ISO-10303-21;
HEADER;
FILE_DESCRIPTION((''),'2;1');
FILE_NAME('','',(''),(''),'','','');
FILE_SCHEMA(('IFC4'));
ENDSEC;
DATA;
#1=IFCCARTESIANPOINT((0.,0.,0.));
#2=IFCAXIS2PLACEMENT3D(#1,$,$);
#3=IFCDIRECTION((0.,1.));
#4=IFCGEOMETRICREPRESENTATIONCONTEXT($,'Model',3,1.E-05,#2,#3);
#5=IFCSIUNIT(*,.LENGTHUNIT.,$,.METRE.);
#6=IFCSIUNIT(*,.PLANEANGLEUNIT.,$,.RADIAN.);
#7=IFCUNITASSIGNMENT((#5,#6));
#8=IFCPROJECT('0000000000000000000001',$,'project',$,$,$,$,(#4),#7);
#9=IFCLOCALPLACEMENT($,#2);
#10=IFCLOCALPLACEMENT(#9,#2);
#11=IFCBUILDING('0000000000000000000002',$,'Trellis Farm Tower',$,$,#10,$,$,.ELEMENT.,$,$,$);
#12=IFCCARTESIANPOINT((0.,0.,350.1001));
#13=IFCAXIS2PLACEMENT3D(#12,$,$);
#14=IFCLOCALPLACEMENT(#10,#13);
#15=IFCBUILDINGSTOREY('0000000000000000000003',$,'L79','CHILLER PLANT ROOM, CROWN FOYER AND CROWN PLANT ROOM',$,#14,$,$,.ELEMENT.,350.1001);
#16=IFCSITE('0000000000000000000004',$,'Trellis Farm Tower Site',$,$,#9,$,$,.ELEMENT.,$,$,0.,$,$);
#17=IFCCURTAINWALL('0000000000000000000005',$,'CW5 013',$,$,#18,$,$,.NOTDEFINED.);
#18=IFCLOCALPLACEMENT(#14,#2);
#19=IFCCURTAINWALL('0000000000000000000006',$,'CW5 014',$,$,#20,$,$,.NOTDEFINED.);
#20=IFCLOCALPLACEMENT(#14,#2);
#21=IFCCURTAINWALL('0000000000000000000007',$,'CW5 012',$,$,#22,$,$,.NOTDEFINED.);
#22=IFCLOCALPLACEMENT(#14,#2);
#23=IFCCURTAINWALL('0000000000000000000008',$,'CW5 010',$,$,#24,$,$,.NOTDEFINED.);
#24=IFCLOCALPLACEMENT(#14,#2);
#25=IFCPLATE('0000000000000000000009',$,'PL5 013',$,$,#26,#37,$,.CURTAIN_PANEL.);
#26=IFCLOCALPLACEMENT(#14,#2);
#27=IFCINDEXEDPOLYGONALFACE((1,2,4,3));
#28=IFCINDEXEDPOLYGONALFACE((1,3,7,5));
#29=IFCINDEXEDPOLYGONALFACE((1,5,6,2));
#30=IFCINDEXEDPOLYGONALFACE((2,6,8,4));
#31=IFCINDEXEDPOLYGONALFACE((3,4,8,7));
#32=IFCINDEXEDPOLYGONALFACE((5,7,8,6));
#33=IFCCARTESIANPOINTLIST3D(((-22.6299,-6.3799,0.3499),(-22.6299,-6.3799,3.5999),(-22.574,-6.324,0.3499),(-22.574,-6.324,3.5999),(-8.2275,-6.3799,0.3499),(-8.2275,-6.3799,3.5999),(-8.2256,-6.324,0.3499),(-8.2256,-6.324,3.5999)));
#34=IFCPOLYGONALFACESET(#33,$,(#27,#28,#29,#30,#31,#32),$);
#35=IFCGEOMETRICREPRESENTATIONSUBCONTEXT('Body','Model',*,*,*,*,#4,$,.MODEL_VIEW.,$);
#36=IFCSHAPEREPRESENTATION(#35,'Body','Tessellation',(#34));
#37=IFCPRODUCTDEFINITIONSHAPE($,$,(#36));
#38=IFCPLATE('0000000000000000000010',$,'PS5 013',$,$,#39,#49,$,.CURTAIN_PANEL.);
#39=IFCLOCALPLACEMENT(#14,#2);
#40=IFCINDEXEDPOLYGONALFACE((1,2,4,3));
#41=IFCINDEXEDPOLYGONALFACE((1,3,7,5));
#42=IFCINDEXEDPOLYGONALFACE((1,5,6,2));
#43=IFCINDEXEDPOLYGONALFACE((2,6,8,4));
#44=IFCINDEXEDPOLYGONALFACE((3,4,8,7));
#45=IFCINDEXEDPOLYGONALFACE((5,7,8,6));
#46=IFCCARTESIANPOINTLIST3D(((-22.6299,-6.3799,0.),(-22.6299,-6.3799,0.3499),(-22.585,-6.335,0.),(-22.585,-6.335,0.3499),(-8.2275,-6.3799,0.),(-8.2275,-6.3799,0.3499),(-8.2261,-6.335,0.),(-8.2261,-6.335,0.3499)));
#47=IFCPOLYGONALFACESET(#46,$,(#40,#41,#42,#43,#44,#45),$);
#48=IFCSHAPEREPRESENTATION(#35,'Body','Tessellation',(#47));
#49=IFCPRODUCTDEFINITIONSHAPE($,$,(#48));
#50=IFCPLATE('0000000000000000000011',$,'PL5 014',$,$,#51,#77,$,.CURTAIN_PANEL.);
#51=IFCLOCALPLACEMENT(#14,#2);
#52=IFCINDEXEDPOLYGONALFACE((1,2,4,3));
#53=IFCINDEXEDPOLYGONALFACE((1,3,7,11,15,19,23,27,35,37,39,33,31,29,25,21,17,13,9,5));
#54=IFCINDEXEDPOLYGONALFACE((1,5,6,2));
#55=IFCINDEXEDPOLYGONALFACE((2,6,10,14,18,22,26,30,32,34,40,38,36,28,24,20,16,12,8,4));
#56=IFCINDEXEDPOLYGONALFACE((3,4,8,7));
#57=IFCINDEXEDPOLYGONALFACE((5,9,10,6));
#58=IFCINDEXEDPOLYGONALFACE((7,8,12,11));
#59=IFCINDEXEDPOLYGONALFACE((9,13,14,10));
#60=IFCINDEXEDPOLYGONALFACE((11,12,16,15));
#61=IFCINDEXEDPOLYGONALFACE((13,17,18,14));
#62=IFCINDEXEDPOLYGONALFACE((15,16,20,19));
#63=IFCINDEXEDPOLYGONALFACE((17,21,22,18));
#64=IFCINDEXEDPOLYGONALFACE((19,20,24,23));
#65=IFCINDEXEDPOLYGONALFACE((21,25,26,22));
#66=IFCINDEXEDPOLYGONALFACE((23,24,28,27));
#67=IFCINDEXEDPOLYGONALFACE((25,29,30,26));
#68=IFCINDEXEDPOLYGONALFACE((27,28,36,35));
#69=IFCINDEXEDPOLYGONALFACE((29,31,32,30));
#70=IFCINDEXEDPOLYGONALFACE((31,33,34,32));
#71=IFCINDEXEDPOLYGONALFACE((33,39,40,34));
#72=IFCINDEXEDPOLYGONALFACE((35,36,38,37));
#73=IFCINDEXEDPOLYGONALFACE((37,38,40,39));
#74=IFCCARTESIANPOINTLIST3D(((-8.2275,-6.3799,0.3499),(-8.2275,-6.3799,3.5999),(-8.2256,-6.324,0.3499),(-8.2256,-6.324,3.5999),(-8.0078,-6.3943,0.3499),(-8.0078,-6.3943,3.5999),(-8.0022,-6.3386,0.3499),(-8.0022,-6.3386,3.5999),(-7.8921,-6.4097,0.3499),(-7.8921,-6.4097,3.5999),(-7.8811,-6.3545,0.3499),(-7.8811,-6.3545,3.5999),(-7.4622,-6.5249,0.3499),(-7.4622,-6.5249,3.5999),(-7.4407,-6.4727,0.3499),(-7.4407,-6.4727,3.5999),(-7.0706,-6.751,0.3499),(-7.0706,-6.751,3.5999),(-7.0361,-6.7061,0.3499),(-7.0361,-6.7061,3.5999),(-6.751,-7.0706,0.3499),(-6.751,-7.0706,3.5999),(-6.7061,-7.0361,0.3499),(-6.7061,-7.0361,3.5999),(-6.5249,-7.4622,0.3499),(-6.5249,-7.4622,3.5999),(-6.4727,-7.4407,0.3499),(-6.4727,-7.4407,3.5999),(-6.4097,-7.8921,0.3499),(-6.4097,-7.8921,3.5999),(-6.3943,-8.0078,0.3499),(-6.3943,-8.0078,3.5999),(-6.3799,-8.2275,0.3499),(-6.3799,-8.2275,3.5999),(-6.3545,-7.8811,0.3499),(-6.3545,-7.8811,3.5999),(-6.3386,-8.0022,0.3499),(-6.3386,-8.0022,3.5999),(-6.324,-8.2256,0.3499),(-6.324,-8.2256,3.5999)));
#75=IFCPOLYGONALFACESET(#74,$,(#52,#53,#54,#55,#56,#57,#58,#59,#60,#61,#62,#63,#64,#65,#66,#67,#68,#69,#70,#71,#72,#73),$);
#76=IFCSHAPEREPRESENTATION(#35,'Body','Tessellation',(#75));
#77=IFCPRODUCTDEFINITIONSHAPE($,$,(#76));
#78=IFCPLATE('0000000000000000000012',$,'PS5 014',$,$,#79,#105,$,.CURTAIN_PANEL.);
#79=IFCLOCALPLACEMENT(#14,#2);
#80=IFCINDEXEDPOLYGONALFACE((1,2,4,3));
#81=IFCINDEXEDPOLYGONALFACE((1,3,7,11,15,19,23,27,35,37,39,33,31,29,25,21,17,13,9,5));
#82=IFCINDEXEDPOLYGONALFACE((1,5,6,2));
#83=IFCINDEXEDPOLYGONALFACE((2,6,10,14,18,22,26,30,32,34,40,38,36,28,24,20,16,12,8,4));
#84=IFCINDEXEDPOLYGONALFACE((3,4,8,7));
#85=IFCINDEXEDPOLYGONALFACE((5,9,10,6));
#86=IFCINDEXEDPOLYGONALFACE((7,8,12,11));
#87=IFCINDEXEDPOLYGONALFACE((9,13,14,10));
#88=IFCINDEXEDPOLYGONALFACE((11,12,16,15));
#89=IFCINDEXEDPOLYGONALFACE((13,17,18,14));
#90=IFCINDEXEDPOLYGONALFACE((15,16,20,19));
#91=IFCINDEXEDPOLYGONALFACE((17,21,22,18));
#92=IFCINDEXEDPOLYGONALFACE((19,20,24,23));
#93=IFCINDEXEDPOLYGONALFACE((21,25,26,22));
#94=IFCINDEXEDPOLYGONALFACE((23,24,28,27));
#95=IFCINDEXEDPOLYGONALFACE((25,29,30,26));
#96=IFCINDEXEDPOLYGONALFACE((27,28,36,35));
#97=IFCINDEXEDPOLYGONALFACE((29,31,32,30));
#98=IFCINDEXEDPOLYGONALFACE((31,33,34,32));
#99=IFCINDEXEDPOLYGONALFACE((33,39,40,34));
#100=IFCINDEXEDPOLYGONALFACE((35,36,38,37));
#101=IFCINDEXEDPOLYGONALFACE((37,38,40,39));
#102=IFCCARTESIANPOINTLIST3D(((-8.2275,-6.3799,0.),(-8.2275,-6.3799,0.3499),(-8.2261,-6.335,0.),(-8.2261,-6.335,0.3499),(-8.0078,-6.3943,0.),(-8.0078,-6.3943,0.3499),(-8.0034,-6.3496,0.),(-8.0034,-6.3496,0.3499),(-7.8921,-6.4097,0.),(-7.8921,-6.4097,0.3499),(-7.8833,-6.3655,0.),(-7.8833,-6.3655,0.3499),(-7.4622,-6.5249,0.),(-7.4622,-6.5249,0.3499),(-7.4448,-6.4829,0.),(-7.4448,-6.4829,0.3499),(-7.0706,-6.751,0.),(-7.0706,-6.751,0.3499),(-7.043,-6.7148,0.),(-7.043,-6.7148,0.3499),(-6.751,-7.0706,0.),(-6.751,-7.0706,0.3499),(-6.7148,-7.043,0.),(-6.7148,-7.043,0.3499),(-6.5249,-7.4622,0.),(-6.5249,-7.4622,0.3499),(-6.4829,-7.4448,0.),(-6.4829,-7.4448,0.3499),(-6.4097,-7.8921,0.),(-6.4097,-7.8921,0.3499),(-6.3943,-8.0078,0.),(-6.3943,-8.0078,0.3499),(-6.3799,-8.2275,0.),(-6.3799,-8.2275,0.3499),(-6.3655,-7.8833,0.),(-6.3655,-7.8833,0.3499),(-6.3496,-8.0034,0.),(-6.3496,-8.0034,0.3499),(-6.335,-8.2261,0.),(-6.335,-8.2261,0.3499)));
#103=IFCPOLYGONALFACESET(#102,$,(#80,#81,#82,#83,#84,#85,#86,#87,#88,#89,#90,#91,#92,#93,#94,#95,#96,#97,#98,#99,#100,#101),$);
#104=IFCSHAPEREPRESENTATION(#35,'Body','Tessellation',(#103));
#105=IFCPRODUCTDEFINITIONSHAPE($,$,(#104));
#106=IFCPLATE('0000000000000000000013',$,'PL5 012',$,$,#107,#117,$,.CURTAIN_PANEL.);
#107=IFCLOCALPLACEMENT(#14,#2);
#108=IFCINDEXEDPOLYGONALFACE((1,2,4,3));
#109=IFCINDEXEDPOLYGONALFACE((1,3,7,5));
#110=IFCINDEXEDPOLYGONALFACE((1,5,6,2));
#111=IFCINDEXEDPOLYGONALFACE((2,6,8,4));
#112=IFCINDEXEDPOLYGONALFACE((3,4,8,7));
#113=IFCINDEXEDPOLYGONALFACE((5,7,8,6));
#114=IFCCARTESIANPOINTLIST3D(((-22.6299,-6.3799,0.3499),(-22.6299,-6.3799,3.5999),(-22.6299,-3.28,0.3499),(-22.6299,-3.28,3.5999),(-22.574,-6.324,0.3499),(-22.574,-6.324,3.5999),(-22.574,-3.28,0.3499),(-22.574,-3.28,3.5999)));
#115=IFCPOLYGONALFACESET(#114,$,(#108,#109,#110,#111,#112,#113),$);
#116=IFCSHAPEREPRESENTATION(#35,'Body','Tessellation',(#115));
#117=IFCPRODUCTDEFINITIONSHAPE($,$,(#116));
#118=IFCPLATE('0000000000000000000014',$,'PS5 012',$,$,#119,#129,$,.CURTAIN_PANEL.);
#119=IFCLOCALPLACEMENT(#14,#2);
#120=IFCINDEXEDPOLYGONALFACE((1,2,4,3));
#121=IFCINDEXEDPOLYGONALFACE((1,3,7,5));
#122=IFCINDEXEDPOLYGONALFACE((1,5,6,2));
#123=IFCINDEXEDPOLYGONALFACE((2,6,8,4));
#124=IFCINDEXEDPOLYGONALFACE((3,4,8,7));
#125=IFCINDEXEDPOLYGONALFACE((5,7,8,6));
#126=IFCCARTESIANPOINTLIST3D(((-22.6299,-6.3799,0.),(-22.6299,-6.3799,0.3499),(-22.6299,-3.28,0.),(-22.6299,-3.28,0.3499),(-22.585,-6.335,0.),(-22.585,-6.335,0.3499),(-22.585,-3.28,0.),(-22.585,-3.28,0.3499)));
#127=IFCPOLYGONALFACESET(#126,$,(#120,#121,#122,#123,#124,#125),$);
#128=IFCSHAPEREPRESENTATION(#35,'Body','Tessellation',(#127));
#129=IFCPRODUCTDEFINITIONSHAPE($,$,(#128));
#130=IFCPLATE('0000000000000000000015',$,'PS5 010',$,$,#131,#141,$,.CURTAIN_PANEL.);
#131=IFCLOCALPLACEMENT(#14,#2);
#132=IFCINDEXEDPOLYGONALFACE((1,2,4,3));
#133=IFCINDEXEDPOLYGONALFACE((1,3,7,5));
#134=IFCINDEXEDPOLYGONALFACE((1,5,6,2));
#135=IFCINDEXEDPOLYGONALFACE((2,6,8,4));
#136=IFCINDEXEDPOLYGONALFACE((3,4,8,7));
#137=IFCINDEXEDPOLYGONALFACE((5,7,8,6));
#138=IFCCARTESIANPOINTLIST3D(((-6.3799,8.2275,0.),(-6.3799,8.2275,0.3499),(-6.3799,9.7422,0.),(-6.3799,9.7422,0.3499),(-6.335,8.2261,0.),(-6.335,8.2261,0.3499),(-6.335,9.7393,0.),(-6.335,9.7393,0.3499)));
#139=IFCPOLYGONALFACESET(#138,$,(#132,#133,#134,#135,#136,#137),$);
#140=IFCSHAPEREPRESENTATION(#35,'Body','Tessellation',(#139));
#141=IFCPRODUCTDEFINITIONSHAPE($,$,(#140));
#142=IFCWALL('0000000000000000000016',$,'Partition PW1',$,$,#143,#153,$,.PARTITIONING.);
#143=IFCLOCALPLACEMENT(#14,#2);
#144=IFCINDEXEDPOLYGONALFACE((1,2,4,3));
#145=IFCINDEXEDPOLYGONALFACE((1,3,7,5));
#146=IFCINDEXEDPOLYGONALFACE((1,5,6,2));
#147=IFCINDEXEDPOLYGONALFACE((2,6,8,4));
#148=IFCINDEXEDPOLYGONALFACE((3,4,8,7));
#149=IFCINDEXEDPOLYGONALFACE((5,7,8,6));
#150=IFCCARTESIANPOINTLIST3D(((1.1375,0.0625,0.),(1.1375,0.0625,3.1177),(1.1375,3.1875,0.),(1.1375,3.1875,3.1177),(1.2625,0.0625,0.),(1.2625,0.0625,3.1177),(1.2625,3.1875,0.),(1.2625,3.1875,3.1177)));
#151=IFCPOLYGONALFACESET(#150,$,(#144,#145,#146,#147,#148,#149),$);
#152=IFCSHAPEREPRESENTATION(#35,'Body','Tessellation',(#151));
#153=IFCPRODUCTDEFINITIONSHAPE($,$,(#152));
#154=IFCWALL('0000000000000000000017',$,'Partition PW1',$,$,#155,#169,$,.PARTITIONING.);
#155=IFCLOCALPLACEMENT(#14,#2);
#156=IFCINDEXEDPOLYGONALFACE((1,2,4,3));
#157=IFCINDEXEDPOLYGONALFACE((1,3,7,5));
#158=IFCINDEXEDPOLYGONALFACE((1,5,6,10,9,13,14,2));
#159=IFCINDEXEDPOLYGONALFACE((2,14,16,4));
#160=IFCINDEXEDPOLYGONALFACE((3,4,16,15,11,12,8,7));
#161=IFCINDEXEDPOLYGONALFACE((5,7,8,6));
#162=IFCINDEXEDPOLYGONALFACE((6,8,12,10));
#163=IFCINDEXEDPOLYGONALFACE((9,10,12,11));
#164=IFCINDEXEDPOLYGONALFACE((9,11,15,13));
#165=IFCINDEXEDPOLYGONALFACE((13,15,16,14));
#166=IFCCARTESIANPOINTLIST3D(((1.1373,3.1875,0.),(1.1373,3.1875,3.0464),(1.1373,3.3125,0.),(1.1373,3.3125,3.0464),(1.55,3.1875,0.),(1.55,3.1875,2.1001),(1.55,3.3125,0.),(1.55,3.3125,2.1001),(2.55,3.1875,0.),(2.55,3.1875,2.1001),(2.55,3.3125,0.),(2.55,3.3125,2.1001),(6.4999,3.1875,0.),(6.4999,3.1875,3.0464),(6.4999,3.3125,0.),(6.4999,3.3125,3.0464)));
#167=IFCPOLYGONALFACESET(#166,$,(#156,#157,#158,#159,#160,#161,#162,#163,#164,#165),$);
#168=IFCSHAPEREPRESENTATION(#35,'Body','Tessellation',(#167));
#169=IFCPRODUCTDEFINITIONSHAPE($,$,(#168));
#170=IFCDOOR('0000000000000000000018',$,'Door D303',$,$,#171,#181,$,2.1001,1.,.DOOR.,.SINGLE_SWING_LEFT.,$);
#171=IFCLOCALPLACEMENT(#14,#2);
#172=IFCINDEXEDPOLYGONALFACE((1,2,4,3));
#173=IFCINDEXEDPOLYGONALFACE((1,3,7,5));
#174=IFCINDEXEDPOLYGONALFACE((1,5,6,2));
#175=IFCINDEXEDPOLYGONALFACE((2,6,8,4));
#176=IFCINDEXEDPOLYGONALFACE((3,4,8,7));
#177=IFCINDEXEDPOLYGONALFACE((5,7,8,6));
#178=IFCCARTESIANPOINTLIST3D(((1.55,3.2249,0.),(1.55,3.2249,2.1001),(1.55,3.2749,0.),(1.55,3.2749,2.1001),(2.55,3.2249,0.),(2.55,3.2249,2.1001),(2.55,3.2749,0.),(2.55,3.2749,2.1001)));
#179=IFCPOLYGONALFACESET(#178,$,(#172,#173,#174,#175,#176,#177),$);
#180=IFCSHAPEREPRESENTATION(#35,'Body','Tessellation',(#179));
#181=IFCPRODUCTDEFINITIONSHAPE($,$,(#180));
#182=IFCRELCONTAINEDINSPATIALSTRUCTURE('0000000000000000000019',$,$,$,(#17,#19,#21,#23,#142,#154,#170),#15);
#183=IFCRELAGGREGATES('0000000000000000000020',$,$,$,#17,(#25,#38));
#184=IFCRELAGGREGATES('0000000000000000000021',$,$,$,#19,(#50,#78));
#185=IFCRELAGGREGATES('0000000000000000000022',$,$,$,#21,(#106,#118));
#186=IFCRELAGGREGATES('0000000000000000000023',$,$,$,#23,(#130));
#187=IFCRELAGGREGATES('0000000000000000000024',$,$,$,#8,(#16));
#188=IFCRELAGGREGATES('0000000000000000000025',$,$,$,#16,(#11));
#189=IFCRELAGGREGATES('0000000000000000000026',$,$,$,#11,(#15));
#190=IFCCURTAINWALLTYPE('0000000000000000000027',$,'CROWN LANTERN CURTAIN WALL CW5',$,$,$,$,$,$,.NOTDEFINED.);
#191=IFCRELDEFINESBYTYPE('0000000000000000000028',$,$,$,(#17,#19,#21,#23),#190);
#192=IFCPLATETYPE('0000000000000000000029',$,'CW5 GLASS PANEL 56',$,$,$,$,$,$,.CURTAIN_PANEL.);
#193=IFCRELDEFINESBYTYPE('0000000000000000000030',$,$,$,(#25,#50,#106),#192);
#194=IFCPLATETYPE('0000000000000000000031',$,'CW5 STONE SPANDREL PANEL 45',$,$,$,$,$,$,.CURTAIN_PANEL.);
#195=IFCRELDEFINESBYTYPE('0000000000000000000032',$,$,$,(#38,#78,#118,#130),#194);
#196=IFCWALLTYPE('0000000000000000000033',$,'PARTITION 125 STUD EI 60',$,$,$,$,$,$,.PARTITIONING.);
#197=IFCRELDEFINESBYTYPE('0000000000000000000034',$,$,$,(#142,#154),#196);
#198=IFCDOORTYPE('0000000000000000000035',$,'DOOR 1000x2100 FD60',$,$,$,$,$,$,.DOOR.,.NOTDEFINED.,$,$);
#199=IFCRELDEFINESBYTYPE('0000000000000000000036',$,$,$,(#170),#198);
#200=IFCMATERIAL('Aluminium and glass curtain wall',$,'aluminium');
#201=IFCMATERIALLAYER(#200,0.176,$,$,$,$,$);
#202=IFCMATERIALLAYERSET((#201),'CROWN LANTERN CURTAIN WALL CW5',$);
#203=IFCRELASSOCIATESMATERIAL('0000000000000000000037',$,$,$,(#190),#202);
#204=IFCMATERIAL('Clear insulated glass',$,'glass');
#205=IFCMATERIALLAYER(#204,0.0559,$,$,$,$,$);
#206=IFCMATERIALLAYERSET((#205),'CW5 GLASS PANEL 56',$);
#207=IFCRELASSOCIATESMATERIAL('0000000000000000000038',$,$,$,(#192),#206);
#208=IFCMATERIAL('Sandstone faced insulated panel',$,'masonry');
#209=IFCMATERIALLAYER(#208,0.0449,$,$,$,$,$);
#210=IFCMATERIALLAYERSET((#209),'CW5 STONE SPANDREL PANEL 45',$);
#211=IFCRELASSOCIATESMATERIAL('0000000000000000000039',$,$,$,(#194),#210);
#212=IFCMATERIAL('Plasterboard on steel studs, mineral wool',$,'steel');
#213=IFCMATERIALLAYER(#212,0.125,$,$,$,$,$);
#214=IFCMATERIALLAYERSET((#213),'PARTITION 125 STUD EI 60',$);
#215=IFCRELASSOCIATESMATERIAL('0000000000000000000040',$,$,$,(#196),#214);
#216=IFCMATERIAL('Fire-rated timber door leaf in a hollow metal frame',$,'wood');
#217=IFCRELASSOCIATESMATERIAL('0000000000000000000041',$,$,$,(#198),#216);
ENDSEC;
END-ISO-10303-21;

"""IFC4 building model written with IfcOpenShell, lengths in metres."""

from ifc_helpers import new_model, si_unit, direction, frame, frame_2d, origin, place, context, subcontext, project, spatial, polyline, rectangle, outline, extrude, source, transform, mapped, material, layer, layer_set, type_object, element, fill, aggregate, save


model = new_model("IFC4")

# Units and contexts
model_context = context("Model", 3, precision=1e-05, world=origin(), true_north=direction((0.0, 1.0)))
body_context = subcontext(model_context, "Body", "Model", "MODEL_VIEW")
ifc_project = project(units=[si_unit("LENGTHUNIT", "METRE"), si_unit("PLANEANGLEUNIT", "RADIAN")], contexts=[model_context])

# Site, building, storey
site_placement = place(None, origin())
site = spatial("IfcSite", under=ifc_project, at=site_placement, Name="Trellis Farm Tower Site", CompositionType="ELEMENT", RefElevation=0.0)
building_placement = place(site_placement, origin())
building = spatial("IfcBuilding", under=site, at=building_placement, Name="Trellis Farm Tower", CompositionType="ELEMENT")
storey_placement = place(building_placement, frame((0.0, 0.0, 350.1001)))
storey = spatial("IfcBuildingStorey", under=building, at=storey_placement, Name="L79", Description="CHILLER PLANT ROOM, CROWN FOYER AND CROWN PLANT ROOM", CompositionType="ELEMENT", Elevation=350.1001)

# Curtain walls
ifc_material_1 = material(Name="Aluminium and glass curtain wall", Category="aluminium")
ifc_layer_1 = layer(ifc_material_1, 0.176)
ifc_layer_set_1 = layer_set([ifc_layer_1], Name="CROWN LANTERN CURTAIN WALL CW5")
curtain_wall_type = type_object("IfcCurtainWallType", Name="CROWN LANTERN CURTAIN WALL CW5", PredefinedType="NOTDEFINED", material=ifc_layer_set_1)
placement_1 = place(storey_placement, origin())
curtain_wall_1 = element("IfcCurtainWall", 1, at=placement_1, inside=storey, type_object=curtain_wall_type, Name="CW5 013", PredefinedType="NOTDEFINED")
curtain_wall_2 = element("IfcCurtainWall", 2, at=placement_1, inside=storey, type_object=curtain_wall_type, Name="CW5 014", PredefinedType="NOTDEFINED")
curtain_wall_3 = element("IfcCurtainWall", 3, at=placement_1, inside=storey, type_object=curtain_wall_type, Name="CW5 012", PredefinedType="NOTDEFINED")
curtain_wall_4 = element("IfcCurtainWall", 4, at=placement_1, inside=storey, type_object=curtain_wall_type, Name="CW5 010", PredefinedType="NOTDEFINED")

# Plates
ifc_material_2 = material(Name="Clear insulated glass", Category="glass")
ifc_layer_2 = layer(ifc_material_2, 0.0559)
ifc_layer_set_2 = layer_set([ifc_layer_2], Name="CW5 GLASS PANEL 56")
plate_type_1 = type_object("IfcPlateType", Name="CW5 GLASS PANEL 56", PredefinedType="CURTAIN_PANEL", material=ifc_layer_set_2)
placement_2 = place(storey_placement, frame((0.0, 0.0, 0.3499)))
ifc_material_3 = material(Name="Sandstone faced insulated panel", Category="masonry")
ifc_layer_3 = layer(ifc_material_3, 0.0449)
ifc_layer_set_3 = layer_set([ifc_layer_3], Name="CW5 STONE SPANDREL PANEL 45")
plate_type_2 = type_object("IfcPlateType", Name="CW5 STONE SPANDREL PANEL 45", PredefinedType="CURTAIN_PANEL", material=ifc_layer_set_3)
shared_shape_1 = source(origin(), body_context, "Body", "SweptSolid", [
    extrude(outline(polyline([(-22.6299, -6.3799), (-8.2275, -6.3799), (-8.2256, -6.324), (-22.574, -6.324), (-22.6299, -6.3799)])), origin(), (0.0, 0.0, 1.0), 3.25),
])
plate_1 = element("IfcPlate", 5, at=placement_2, type_object=plate_type_1, Name="PL5 013", PredefinedType="CURTAIN_PANEL", context=body_context, shape_type="MappedRepresentation", body=[
    mapped(shared_shape_1, transform((0.0, 0.0, 0.0))),
])
shared_shape_2 = source(origin(), body_context, "Body", "SweptSolid", [
    extrude(outline(polyline([(-22.6299, -6.3799), (-8.2275, -6.3799), (-8.2261, -6.335), (-22.585, -6.335), (-22.6299, -6.3799)])), origin(), (0.0, 0.0, 1.0), 0.3499),
])
plate_2 = element("IfcPlate", 6, at=placement_1, type_object=plate_type_2, Name="PS5 013", PredefinedType="CURTAIN_PANEL", context=body_context, shape_type="MappedRepresentation", body=[
    mapped(shared_shape_2, transform((0.0, 0.0, 0.0))),
])
aggregate(curtain_wall_1, [plate_1, plate_2])
shared_shape_3 = source(origin(), body_context, "Body", "SweptSolid", [
    extrude(outline(polyline([(-8.2275, -6.3799), (-8.0078, -6.3943), (-7.8921, -6.4097), (-7.4622, -6.5249), (-7.0706, -6.751), (-6.751, -7.0706), (-6.5249, -7.4622), (-6.4097, -7.8921), (-6.3943, -8.0078), (-6.3799, -8.2275), (-6.324, -8.2256), (-6.3386, -8.0022), (-6.3545, -7.8811), (-6.4727, -7.4407), (-6.7061, -7.0361), (-7.0361, -6.7061), (-7.4407, -6.4727), (-7.8811, -6.3545), (-8.0022, -6.3386), (-8.2256, -6.324), (-8.2275, -6.3799)])), origin(), (0.0, 0.0, 1.0), 3.25),
])
plate_3 = element("IfcPlate", 7, at=placement_2, type_object=plate_type_1, Name="PL5 014", PredefinedType="CURTAIN_PANEL", context=body_context, shape_type="MappedRepresentation", body=[
    mapped(shared_shape_3, transform((0.0, 0.0, 0.0))),
])
shared_shape_4 = source(origin(), body_context, "Body", "SweptSolid", [
    extrude(outline(polyline([(-8.2275, -6.3799), (-8.0078, -6.3943), (-7.8921, -6.4097), (-7.4622, -6.5249), (-7.0706, -6.751), (-6.751, -7.0706), (-6.5249, -7.4622), (-6.4097, -7.8921), (-6.3943, -8.0078), (-6.3799, -8.2275), (-6.335, -8.2261), (-6.3496, -8.0034), (-6.3655, -7.8833), (-6.4829, -7.4448), (-6.7148, -7.043), (-7.043, -6.7148), (-7.4448, -6.4829), (-7.8833, -6.3655), (-8.0034, -6.3496), (-8.2261, -6.335), (-8.2275, -6.3799)])), origin(), (0.0, 0.0, 1.0), 0.3499),
])
plate_4 = element("IfcPlate", 8, at=placement_1, type_object=plate_type_2, Name="PS5 014", PredefinedType="CURTAIN_PANEL", context=body_context, shape_type="MappedRepresentation", body=[
    mapped(shared_shape_4, transform((0.0, 0.0, 0.0))),
])
aggregate(curtain_wall_2, [plate_3, plate_4])
shared_shape_5 = source(origin(), body_context, "Body", "SweptSolid", [
    extrude(outline(polyline([(-22.6299, -3.28), (-22.6299, -6.3799), (-22.574, -6.324), (-22.574, -3.28), (-22.6299, -3.28)])), origin(), (0.0, 0.0, 1.0), 3.25),
])
plate_5 = element("IfcPlate", 9, at=placement_2, type_object=plate_type_1, Name="PL5 012", PredefinedType="CURTAIN_PANEL", context=body_context, shape_type="MappedRepresentation", body=[
    mapped(shared_shape_5, transform((0.0, 0.0, 0.0))),
])
shared_shape_6 = source(origin(), body_context, "Body", "SweptSolid", [
    extrude(outline(polyline([(-22.6299, -3.28), (-22.6299, -6.3799), (-22.585, -6.335), (-22.585, -3.28), (-22.6299, -3.28)])), origin(), (0.0, 0.0, 1.0), 0.3499),
])
plate_6 = element("IfcPlate", 10, at=placement_1, type_object=plate_type_2, Name="PS5 012", PredefinedType="CURTAIN_PANEL", context=body_context, shape_type="MappedRepresentation", body=[
    mapped(shared_shape_6, transform((0.0, 0.0, 0.0))),
])
aggregate(curtain_wall_3, [plate_5, plate_6])
shared_shape_7 = source(origin(), body_context, "Body", "SweptSolid", [
    extrude(outline(polyline([(-6.3799, 9.7422), (-6.3799, 8.2275), (-6.335, 8.2261), (-6.335, 9.7393), (-6.3799, 9.7422)])), origin(), (0.0, 0.0, 1.0), 0.3499),
])
plate_7 = element("IfcPlate", 11, at=placement_1, type_object=plate_type_2, Name="PS5 010", PredefinedType="CURTAIN_PANEL", context=body_context, shape_type="MappedRepresentation", body=[
    mapped(shared_shape_7, transform((0.0, 0.0, 0.0))),
])
aggregate(curtain_wall_4, [plate_7])

# Wall
ifc_material_4 = material(Name="Plasterboard on steel studs, mineral wool", Category="steel")
ifc_layer_4 = layer(ifc_material_4, 0.125)
ifc_layer_set_4 = layer_set([ifc_layer_4], Name="PARTITION 125 STUD EI 60")
wall_type = type_object("IfcWallType", Name="PARTITION 125 STUD EI 60", PredefinedType="PARTITIONING", material=ifc_layer_set_4)
shared_shape_8 = source(origin(), body_context, "Body", "SweptSolid", [
    extrude(rectangle(XDim=3.125, YDim=0.125, at=frame_2d((1.5625, 0.0))), origin(), (0.0, 0.0, 1.0), 3.1177),
])
wall_1_placement = place(storey_placement, frame((1.2, 3.1875, 0.0), z_axis=(0.0, 0.0, 1.0), x_axis=(0.0, -1.0, 0.0)))
element("IfcWall", 12, at=wall_1_placement, inside=storey, type_object=wall_type, Name="Partition PW1", PredefinedType="PARTITIONING", context=body_context, shape_type="MappedRepresentation", body=[
    mapped(shared_shape_8, transform((0.0, 0.0, 0.0))),
])

# Wall, opening, door
shared_shape_9 = source(origin(), body_context, "Body", "SweptSolid", [
    extrude(rectangle(XDim=5.3625, YDim=0.125, at=frame_2d((2.6812, 0.0))), origin(), (0.0, 0.0, 1.0), 3.0464),
])
wall_2_placement = place(storey_placement, frame((1.1375, 3.25, 0.0), z_axis=(0.0, 0.0, 1.0), x_axis=(1.0, 0.0, 0.0)))
wall_2 = element("IfcWall", 13, at=wall_2_placement, inside=storey, type_object=wall_type, Name="Partition PW1", PredefinedType="PARTITIONING", context=body_context, shape_type="MappedRepresentation", body=[
    mapped(shared_shape_9, transform((0.0, 0.0, 0.0))),
])
shared_shape_10 = source(origin(), body_context, "Body", "SweptSolid", [
    extrude(rectangle(XDim=1.0, YDim=2.1001, at=frame_2d((0.5, 1.05))), frame((0.0, 0.0725, 0.0), z_axis=(0.0, -1.0, 0.0), x_axis=(1.0, 0.0, 0.0)), (0.0, 0.0, 1.0), 0.145),
])
opening_placement = place(wall_2_placement, frame((0.4126, 0.0, 0.0)))
opening = element("IfcOpeningElement", 14, at=opening_placement, cuts=wall_2, PredefinedType="OPENING", context=body_context, shape_type="MappedRepresentation", body=[
    mapped(shared_shape_10, transform((0.0, 0.0, 0.0))),
])
ifc_material_5 = material(Name="Fire-rated timber door leaf in a hollow metal frame", Category="wood")
door_type = type_object("IfcDoorType", Name="DOOR 1000x2100 FD60", OperationType="NOTDEFINED", PredefinedType="DOOR", material=ifc_material_5)
shared_shape_11 = source(origin(), body_context, "Body", "SweptSolid", [
    extrude(rectangle(XDim=1.0, YDim=2.1001, at=frame_2d((0.5, 1.05))), frame((0.0, 0.0249, 0.0), z_axis=(0.0, -1.0, 0.0), x_axis=(1.0, 0.0, 0.0)), (0.0, 0.0, 1.0), 0.05),
])
door_placement = place(opening_placement, origin())
door = element("IfcDoor", 15, at=door_placement, inside=storey, type_object=door_type, Name="Door D303", OperationType="SINGLE_SWING_LEFT", OverallHeight=2.1001, OverallWidth=1.0, PredefinedType="DOOR", context=body_context, shape_type="MappedRepresentation", body=[
    mapped(shared_shape_11, transform((0.0, 0.0, 0.0))),
])
fill(opening, door)

save(model, "model.ifc")
